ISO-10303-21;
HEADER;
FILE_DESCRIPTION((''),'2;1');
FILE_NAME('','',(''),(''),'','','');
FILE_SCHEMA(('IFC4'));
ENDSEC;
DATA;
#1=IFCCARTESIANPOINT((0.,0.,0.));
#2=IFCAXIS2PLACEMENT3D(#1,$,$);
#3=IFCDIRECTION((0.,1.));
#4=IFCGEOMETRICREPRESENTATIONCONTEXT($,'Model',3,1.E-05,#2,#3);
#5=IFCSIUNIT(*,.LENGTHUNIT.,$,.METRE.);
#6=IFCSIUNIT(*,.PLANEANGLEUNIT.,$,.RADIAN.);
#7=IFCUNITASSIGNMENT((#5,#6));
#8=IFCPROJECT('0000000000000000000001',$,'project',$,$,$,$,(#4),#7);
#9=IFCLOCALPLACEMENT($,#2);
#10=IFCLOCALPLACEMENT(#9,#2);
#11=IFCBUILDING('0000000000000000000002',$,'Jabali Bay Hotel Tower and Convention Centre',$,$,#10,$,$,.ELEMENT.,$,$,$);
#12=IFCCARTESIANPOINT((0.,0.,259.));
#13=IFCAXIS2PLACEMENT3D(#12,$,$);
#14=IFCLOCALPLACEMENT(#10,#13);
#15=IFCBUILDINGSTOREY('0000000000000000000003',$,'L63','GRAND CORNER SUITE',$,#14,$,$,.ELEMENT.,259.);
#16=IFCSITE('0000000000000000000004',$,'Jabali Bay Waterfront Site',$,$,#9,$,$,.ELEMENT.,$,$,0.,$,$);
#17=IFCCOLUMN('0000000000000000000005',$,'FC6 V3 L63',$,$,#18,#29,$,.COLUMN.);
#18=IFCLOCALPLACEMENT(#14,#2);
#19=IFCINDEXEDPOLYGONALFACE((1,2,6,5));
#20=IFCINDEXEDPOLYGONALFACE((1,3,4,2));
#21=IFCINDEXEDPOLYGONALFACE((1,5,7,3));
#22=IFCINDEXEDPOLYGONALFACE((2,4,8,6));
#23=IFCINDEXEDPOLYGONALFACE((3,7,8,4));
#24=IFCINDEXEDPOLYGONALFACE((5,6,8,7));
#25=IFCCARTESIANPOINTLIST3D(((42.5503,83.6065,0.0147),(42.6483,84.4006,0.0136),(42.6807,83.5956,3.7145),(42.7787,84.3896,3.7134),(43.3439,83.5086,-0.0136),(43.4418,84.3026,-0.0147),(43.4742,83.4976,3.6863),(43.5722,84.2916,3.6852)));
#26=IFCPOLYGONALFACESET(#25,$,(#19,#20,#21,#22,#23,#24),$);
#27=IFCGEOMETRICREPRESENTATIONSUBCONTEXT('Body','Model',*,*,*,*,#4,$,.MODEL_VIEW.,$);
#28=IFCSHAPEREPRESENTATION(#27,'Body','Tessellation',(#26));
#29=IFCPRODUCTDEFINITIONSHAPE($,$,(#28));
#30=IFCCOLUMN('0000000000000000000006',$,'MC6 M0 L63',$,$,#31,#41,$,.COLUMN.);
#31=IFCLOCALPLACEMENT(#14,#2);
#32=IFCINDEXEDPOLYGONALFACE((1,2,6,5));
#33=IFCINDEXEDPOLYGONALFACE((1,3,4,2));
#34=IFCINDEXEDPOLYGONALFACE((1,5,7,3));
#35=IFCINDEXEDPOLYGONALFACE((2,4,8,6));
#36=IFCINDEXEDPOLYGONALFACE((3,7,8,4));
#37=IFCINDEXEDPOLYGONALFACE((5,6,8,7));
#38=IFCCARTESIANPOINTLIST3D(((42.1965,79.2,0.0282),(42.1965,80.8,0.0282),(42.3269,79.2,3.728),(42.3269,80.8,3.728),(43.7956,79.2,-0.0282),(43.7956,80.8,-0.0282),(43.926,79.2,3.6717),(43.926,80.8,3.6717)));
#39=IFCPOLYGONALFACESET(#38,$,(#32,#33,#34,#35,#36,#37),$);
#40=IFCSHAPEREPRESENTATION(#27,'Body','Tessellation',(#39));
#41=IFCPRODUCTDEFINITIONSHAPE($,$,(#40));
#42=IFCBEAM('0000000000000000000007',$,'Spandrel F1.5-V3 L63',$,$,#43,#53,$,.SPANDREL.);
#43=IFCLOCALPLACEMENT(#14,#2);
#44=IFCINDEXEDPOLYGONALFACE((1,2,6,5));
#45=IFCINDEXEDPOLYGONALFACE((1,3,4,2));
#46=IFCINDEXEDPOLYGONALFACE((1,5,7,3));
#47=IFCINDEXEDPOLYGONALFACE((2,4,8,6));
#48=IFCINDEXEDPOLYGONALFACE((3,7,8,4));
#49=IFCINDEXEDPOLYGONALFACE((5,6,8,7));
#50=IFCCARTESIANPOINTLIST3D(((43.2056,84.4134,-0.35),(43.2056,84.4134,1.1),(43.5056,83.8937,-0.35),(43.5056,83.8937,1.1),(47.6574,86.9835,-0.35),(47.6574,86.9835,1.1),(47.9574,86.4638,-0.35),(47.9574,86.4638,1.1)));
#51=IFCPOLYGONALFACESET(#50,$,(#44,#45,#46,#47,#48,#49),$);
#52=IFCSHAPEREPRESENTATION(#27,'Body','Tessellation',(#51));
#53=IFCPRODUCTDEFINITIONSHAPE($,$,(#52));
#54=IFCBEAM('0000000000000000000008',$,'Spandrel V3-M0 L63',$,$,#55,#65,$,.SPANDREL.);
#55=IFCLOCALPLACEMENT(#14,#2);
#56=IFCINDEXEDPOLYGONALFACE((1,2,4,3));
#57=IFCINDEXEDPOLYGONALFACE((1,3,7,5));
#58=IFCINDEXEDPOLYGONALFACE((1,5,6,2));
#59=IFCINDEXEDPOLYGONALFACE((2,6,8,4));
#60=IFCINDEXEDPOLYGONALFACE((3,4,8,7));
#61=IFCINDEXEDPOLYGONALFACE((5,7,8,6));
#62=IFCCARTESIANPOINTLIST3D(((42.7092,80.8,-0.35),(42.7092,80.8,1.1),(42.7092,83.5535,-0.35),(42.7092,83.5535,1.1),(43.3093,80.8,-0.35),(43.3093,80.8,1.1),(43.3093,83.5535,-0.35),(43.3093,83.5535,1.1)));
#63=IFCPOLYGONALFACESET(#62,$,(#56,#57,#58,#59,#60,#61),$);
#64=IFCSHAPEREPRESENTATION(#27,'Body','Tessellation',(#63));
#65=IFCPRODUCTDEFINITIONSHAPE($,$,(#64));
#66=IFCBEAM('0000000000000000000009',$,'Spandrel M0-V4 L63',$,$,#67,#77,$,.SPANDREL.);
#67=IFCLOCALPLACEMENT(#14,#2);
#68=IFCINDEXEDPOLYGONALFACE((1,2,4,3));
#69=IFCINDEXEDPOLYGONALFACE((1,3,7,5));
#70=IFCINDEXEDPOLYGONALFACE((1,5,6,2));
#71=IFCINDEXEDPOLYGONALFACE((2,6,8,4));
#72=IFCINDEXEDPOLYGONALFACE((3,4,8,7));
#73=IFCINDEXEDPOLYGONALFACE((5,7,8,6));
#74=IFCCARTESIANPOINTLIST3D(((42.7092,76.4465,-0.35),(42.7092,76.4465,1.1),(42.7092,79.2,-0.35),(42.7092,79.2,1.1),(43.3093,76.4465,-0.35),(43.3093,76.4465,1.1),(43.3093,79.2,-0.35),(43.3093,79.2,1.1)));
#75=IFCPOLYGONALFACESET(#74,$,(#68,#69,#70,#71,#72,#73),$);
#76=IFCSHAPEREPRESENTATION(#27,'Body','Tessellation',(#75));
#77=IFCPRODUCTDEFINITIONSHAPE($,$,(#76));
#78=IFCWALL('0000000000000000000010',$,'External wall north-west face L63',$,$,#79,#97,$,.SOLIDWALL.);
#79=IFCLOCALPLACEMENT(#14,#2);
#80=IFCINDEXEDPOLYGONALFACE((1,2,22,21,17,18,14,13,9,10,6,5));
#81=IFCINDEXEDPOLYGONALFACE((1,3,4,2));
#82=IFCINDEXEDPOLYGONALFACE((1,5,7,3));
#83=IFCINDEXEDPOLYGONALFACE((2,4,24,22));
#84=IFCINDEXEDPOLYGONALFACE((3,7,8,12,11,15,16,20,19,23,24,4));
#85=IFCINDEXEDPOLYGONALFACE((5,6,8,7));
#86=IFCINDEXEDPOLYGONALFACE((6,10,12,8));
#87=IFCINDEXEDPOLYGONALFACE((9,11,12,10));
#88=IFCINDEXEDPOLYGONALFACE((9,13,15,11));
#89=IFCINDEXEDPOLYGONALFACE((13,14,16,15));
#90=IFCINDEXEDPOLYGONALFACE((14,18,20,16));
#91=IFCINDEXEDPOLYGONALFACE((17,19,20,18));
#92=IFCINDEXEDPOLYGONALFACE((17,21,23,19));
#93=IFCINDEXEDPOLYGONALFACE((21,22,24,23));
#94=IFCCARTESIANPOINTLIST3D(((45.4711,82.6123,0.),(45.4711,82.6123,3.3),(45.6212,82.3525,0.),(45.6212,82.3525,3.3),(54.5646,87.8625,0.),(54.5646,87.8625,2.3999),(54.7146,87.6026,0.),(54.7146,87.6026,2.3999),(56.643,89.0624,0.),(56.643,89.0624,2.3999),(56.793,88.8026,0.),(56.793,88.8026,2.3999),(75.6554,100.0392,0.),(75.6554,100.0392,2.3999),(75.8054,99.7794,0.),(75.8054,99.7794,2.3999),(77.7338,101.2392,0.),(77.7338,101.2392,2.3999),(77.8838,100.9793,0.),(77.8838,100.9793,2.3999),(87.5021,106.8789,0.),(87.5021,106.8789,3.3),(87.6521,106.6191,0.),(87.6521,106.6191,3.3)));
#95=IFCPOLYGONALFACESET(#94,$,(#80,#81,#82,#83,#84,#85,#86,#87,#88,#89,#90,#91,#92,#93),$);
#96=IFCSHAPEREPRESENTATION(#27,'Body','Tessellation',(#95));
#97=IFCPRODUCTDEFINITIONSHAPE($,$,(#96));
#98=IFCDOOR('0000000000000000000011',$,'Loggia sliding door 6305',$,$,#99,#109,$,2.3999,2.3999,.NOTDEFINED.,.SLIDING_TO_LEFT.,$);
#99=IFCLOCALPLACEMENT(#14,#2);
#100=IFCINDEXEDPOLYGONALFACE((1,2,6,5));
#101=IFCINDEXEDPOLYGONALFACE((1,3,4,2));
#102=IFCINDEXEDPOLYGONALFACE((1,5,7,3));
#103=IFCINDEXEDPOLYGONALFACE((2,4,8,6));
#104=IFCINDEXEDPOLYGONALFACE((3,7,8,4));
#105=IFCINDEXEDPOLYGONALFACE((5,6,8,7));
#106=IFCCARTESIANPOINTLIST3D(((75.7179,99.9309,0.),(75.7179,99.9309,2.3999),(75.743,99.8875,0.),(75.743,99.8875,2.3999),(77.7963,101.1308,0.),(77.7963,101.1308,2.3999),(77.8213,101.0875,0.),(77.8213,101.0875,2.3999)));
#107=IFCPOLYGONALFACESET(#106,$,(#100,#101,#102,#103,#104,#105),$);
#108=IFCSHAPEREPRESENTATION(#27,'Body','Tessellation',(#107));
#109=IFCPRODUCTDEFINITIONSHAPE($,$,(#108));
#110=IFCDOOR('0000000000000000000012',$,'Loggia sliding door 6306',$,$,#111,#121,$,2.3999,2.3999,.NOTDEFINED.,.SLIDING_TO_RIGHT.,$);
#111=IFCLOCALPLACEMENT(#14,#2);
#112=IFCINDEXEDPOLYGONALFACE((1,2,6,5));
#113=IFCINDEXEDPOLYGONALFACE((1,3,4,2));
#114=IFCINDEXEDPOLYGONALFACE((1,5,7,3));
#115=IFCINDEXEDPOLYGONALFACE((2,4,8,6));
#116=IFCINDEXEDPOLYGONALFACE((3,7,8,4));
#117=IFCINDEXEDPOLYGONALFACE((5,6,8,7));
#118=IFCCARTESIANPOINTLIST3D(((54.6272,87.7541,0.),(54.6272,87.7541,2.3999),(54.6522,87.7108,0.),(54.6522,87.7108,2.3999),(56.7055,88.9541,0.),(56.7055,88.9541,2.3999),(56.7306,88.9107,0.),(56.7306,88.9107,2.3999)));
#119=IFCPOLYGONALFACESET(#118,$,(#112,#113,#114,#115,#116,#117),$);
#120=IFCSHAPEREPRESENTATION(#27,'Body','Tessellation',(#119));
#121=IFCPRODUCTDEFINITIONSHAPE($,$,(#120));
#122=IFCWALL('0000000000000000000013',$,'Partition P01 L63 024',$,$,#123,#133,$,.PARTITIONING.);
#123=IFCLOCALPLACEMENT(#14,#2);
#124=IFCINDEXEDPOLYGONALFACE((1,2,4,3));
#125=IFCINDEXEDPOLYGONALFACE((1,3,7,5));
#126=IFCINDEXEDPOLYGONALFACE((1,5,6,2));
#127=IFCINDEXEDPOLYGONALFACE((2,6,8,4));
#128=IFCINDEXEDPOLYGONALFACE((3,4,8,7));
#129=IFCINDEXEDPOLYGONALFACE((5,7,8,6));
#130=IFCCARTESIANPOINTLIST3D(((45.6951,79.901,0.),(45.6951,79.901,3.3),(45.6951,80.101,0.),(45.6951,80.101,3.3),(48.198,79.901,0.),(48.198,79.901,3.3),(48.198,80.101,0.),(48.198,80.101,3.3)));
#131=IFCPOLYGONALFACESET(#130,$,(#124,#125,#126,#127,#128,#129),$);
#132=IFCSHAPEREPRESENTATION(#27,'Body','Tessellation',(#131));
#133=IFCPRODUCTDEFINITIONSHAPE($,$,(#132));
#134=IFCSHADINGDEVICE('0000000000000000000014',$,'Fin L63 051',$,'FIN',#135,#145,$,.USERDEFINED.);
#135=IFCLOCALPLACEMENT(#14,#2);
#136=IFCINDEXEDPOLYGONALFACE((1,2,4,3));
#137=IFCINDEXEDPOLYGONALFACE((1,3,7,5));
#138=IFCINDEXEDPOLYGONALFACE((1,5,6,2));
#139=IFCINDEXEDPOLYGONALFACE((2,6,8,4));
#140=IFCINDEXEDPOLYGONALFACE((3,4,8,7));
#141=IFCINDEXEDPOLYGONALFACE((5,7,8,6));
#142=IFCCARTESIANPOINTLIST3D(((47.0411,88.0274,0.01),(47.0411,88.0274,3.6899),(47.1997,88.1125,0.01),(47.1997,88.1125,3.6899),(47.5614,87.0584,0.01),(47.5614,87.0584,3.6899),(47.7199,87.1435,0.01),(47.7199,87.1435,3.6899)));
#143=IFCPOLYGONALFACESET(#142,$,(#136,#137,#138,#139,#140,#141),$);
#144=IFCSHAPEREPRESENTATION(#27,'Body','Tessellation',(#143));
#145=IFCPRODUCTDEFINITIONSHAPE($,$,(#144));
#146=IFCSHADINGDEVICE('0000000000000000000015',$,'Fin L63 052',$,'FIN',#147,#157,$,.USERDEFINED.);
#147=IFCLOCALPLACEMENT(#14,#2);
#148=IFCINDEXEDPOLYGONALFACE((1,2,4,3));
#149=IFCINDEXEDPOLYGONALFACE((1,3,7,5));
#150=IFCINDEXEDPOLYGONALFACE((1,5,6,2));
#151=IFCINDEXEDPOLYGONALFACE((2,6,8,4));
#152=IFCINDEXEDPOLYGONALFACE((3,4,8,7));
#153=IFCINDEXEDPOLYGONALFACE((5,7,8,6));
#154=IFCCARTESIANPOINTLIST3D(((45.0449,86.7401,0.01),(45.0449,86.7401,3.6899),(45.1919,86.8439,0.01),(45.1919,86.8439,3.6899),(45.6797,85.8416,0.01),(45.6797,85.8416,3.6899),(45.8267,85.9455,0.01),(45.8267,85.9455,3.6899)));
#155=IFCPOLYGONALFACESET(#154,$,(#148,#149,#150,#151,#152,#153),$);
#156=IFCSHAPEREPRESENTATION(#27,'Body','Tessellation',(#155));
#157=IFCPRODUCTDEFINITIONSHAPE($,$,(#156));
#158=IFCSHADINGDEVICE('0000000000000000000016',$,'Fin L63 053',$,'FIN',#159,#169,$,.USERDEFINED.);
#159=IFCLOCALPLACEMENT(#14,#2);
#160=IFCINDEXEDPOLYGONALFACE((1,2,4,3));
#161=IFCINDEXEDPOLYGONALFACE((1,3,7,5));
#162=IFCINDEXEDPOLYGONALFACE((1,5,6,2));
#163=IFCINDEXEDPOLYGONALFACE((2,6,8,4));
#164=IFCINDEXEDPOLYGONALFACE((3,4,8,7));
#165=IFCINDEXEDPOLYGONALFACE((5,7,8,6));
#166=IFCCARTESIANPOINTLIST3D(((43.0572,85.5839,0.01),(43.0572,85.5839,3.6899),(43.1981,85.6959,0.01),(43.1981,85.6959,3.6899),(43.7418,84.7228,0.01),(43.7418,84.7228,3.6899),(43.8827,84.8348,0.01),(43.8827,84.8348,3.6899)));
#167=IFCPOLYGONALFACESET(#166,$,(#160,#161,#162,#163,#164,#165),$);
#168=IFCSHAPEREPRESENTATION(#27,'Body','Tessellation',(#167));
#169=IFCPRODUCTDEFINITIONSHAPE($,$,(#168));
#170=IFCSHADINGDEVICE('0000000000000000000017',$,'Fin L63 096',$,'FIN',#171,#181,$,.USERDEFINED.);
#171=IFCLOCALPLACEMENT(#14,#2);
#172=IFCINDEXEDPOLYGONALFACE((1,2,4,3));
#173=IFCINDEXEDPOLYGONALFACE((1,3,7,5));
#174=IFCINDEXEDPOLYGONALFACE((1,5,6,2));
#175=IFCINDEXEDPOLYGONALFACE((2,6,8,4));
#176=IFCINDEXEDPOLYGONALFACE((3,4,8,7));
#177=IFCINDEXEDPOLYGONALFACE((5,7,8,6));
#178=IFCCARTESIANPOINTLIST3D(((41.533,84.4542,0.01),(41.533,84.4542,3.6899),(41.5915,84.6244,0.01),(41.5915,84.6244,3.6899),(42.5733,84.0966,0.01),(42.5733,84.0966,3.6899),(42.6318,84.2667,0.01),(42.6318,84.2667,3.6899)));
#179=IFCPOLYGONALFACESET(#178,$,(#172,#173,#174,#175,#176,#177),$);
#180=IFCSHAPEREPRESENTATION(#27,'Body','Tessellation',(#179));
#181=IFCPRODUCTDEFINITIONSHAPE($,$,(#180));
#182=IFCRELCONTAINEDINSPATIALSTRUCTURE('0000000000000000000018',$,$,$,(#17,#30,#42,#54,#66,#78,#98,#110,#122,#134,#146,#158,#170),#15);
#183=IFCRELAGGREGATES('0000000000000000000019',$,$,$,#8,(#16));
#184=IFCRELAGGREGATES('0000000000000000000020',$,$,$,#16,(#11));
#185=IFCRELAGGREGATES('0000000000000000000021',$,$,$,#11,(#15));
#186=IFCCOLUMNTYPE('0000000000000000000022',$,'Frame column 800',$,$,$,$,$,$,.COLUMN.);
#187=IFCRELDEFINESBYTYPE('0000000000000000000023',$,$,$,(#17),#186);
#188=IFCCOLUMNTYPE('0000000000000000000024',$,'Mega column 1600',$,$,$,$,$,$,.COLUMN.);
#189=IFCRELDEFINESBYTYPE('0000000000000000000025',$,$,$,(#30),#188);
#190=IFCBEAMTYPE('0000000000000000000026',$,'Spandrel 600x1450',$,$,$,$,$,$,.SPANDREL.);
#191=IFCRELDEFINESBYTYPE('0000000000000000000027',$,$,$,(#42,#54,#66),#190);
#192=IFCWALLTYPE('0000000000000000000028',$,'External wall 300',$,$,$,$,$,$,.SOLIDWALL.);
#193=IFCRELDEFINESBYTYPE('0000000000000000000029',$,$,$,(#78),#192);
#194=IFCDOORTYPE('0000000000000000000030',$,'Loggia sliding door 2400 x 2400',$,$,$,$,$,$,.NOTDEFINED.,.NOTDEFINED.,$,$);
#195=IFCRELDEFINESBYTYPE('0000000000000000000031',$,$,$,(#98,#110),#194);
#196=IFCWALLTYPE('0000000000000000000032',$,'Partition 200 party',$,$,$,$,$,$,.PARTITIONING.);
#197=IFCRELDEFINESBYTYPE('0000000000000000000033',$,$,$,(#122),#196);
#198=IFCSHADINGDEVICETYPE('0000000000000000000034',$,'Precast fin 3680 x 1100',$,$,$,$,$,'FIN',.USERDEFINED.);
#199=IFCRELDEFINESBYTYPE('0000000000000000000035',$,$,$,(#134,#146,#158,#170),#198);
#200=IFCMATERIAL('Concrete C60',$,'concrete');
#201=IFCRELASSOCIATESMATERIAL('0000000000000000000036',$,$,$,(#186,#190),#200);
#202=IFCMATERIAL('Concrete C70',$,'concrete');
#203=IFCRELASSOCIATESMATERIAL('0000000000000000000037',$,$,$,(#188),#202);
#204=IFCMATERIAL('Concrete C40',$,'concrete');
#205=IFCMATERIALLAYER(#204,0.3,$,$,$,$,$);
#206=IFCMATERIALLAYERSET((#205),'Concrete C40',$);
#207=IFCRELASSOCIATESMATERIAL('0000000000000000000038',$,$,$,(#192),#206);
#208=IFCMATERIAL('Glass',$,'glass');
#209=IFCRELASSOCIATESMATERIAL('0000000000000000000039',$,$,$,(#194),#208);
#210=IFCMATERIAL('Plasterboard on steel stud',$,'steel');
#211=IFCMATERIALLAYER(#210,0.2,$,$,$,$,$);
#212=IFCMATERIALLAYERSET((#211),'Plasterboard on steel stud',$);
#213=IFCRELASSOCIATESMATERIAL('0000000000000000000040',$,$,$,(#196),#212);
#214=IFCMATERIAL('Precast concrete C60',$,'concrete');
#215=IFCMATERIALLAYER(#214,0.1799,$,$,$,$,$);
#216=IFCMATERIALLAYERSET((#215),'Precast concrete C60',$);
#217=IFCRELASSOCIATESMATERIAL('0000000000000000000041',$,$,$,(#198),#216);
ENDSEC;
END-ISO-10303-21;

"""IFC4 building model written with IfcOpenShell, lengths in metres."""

from ifc_helpers import new_model, si_unit, direction, frame, frame_2d, origin, origin_2d, place, context, subcontext, project, spatial, rectangle, extrude, material, layer, layer_set, material_profile, profile_set, type_object, element, fill, save


model = new_model("IFC4")

# Units and contexts
model_context = context("Model", 3, precision=1e-05, world=origin(), true_north=direction((0.0, 1.0)))
body_context = subcontext(model_context, "Body", "Model", "MODEL_VIEW")
ifc_project = project(units=[si_unit("LENGTHUNIT", "METRE"), si_unit("PLANEANGLEUNIT", "RADIAN")], contexts=[model_context])

# Site, building, storey
site_placement = place(None, origin())
site = spatial("IfcSite", under=ifc_project, at=site_placement, Name="Jabali Bay Waterfront Site", CompositionType="ELEMENT", RefElevation=0.0)
building_placement = place(site_placement, origin())
building = spatial("IfcBuilding", under=site, at=building_placement, Name="Jabali Bay Hotel Tower and Convention Centre", CompositionType="ELEMENT")
storey_placement = place(building_placement, frame((0.0, 0.0, 259.0)))
storey = spatial("IfcBuildingStorey", under=building, at=storey_placement, Name="L63", Description="GRAND CORNER SUITE", CompositionType="ELEMENT", Elevation=259.0)

# Columns
ifc_material_1 = material(Name="Concrete C60", Category="concrete")
ifc_material_profile_1 = material_profile(ifc_material_1, rectangle(XDim=0.8, YDim=0.8, at=origin_2d()), Name="Frame column 800")
ifc_profile_set_1 = profile_set([ifc_material_profile_1], Name="Concrete C60")
column_type_1 = type_object("IfcColumnType", Name="Frame column 800", PredefinedType="COLUMN", material=ifc_profile_set_1)
column_1_placement = place(storey_placement, frame((42.9961, 83.9546, 0.0), z_axis=(0.035214, -0.002967, 0.999375), x_axis=(-0.991849, 0.122425, 0.035312)))
element("IfcColumn", 1, at=column_1_placement, inside=storey, type_object=column_type_1, Name="FC6 V3 L63", PredefinedType="COLUMN", context=body_context, shape_type="SweptSolid", body=[
    extrude(rectangle(XDim=0.8, YDim=0.8, at=origin_2d()), origin(), (0.0, 0.0, 1.0), 3.7021),
])
ifc_material_2 = material(Name="Concrete C70", Category="concrete")
ifc_material_profile_2 = material_profile(ifc_material_2, rectangle(XDim=1.6001, YDim=1.6001, at=origin_2d()), Name="Mega column 1600")
ifc_profile_set_2 = profile_set([ifc_material_profile_2], Name="Concrete C70")
column_type_2 = type_object("IfcColumnType", Name="Mega column 1600", PredefinedType="COLUMN", material=ifc_profile_set_2)
column_2_placement = place(storey_placement, frame((42.9961, 80.0, 0.0), z_axis=(0.035214, 0.0, 0.99938), x_axis=(0.0, 1.0, 0.0)))
element("IfcColumn", 2, at=column_2_placement, inside=storey, type_object=column_type_2, Name="MC6 M0 L63", PredefinedType="COLUMN", context=body_context, shape_type="SweptSolid", body=[
    extrude(rectangle(XDim=1.6001, YDim=1.6001, at=origin_2d()), origin(), (0.0, 0.0, 1.0), 3.7021),
])

# Beams
ifc_material_profile_3 = material_profile(ifc_material_1, rectangle(XDim=0.6001, YDim=1.45, at=origin_2d()), Name="Spandrel 600x1450")
ifc_profile_set_3 = profile_set([ifc_material_profile_3], Name="Concrete C60")
beam_type = type_object("IfcBeamType", Name="Spandrel 600x1450", PredefinedType="SPANDREL", material=ifc_profile_set_3)
beam_placement = place(storey_placement, frame((47.8074, 86.7236, 0.375), z_axis=(-0.866034, -0.499986, 0.0), x_axis=(0.499986, -0.866034, 0.0)))
element("IfcBeam", 3, at=beam_placement, inside=storey, type_object=beam_type, Name="Spandrel F1.5-V3 L63", PredefinedType="SPANDREL", context=body_context, shape_type="SweptSolid", body=[
    extrude(rectangle(XDim=0.6001, YDim=1.45, at=origin_2d()), origin(), (0.0, 0.0, 1.0), 5.1404),
])
for number, where, z_axis, x_axis, name in (
    (4, (43.0093, 83.5535, 0.375), (0.0, -1.0, 0.0), (1.0, 0.0, 0.0), "Spandrel V3-M0 L63"),
    (5, (43.0093, 79.2, 0.375), (0.0, -1.0, 0.0), (1.0, 0.0, 0.0), "Spandrel M0-V4 L63"),
):
    element("IfcBeam", number, at=place(storey_placement, frame(where, z_axis=z_axis, x_axis=x_axis)), inside=storey, type_object=beam_type, Name=name, PredefinedType="SPANDREL", context=body_context, shape_type="SweptSolid", body=[
        extrude(rectangle(XDim=0.6001, YDim=1.45, at=origin_2d()), origin(), (0.0, 0.0, 1.0), 2.7534),
    ])

# Wall, openings, doors
ifc_material_3 = material(Name="Concrete C40", Category="concrete")
ifc_layer_1 = layer(ifc_material_3, 0.3)
ifc_layer_set_1 = layer_set([ifc_layer_1], Name="Concrete C40")
wall_type_1 = type_object("IfcWallType", Name="External wall 300", PredefinedType="SOLIDWALL", material=ifc_layer_set_1)
wall_1_placement = place(storey_placement, frame((45.5461, 82.4824, 0.0), z_axis=(0.0, 0.0, 1.0), x_axis=(0.866026, 0.5, 0.0)))
wall_1 = element("IfcWall", 6, at=wall_1_placement, inside=storey, type_object=wall_type_1, Name="External wall north-west face L63", PredefinedType="SOLIDWALL", context=body_context, shape_type="SweptSolid", body=[
    extrude(rectangle(XDim=48.5332, YDim=0.3, at=frame_2d((24.2666, 0.0))), origin(), (0.0, 0.0, 1.0), 3.3),
])
opening_1_placement = place(wall_1_placement, frame((34.8538, 0.0, 0.0)))
opening_1 = element("IfcOpeningElement", 7, at=opening_1_placement, cuts=wall_1, PredefinedType="OPENING", context=body_context, shape_type="SweptSolid", body=[
    extrude(rectangle(XDim=2.3999, YDim=2.3999, at=frame_2d((1.2, 1.2))), frame((0.0, 0.1606, 0.0), z_axis=(0.0, -1.0, 0.0), x_axis=(1.0, 0.0, 0.0)), (0.0, 0.0, 1.0), 0.321),
])
opening_2_placement = place(wall_1_placement, frame((10.5002, 0.0, 0.0)))
opening_2 = element("IfcOpeningElement", 8, at=opening_2_placement, cuts=wall_1, PredefinedType="OPENING", context=body_context, shape_type="SweptSolid", body=[
    extrude(rectangle(XDim=2.3999, YDim=2.3999, at=frame_2d((1.2, 1.2))), frame((0.0, 0.1606, 0.0), z_axis=(0.0, -1.0, 0.0), x_axis=(1.0, 0.0, 0.0)), (0.0, 0.0, 1.0), 0.321),
])
ifc_material_4 = material(Name="Glass", Category="glass")
door_type = type_object("IfcDoorType", Name="Loggia sliding door 2400 x 2400", OperationType="NOTDEFINED", PredefinedType="NOTDEFINED", material=ifc_material_4)
door_1_placement = place(opening_1_placement, origin())
door_1 = element("IfcDoor", 9, at=door_1_placement, inside=storey, type_object=door_type, Name="Loggia sliding door 6305", OperationType="SLIDING_TO_LEFT", OverallHeight=2.3999, OverallWidth=2.3999, PredefinedType="NOTDEFINED", context=body_context, shape_type="SweptSolid", body=[
    extrude(rectangle(XDim=2.3999, YDim=2.3999, at=frame_2d((1.2, 1.2))), frame((0.0, 0.0249, 0.0), z_axis=(0.0, -1.0, 0.0), x_axis=(1.0, 0.0, 0.0)), (0.0, 0.0, 1.0), 0.05),
])
fill(opening_1, door_1)
door_2_placement = place(opening_2_placement, origin())
door_2 = element("IfcDoor", 10, at=door_2_placement, inside=storey, type_object=door_type, Name="Loggia sliding door 6306", OperationType="SLIDING_TO_RIGHT", OverallHeight=2.3999, OverallWidth=2.3999, PredefinedType="NOTDEFINED", context=body_context, shape_type="SweptSolid", body=[
    extrude(rectangle(XDim=2.3999, YDim=2.3999, at=frame_2d((1.2, 1.2))), frame((0.0, 0.0249, 0.0), z_axis=(0.0, -1.0, 0.0), x_axis=(1.0, 0.0, 0.0)), (0.0, 0.0, 1.0), 0.05),
])
fill(opening_2, door_2)

# Wall
ifc_material_5 = material(Name="Plasterboard on steel stud", Category="steel")
ifc_layer_2 = layer(ifc_material_5, 0.2)
ifc_layer_set_2 = layer_set([ifc_layer_2], Name="Plasterboard on steel stud")
wall_type_2 = type_object("IfcWallType", Name="Partition 200 party", PredefinedType="PARTITIONING", material=ifc_layer_set_2)
wall_2_placement = place(storey_placement, frame((45.6951, 80.001, 0.0), z_axis=(0.0, 0.0, 1.0), x_axis=(1.0, 0.0, 0.0)))
element("IfcWall", 11, at=wall_2_placement, inside=storey, type_object=wall_type_2, Name="Partition P01 L63 024", PredefinedType="PARTITIONING", context=body_context, shape_type="SweptSolid", body=[
    extrude(rectangle(XDim=2.5029, YDim=0.2, at=frame_2d((1.2515, 0.0))), origin(), (0.0, 0.0, 1.0), 3.3),
])

# Shading devices
ifc_material_6 = material(Name="Precast concrete C60", Category="concrete")
ifc_layer_3 = layer(ifc_material_6, 0.1799)
ifc_layer_set_3 = layer_set([ifc_layer_3], Name="Precast concrete C60")
shading_device_type_1 = type_object("IfcShadingDeviceType", Name="Precast fin 3680 x 1100", ElementType="FIN", PredefinedType="USERDEFINED", material=ifc_layer_set_3)
shading_device_1_placement = place(storey_placement, frame((47.6406, 87.1011, 0.01), z_axis=(0.0, 0.0, 1.0), x_axis=(-0.47304, 0.881041, 0.0)))
element("IfcShadingDevice", 12, at=shading_device_1_placement, inside=storey, type_object=shading_device_type_1, Name="Fin L63 051", ObjectType="FIN", PredefinedType="USERDEFINED", context=body_context, shape_type="SweptSolid", body=[
    extrude(rectangle(XDim=1.0999, YDim=0.1799, at=frame_2d((0.5498, 0.0))), origin(), (0.0, 0.0, 1.0), 3.6799),
])
for number, where, z_axis, x_axis, name in (
    (13, (45.7532, 85.8936, 0.01), (0.0, 0.0, 1.0), (-0.577032, 0.816722, 0.0), "Fin L63 052"),
    (14, (43.8123, 84.7788, 0.01), (0.0, 0.0, 1.0), (-0.62231, 0.782771, 0.0), "Fin L63 053"),
    (15, (42.6025, 84.1816, 0.01), (0.0, 0.0, 1.0), (-0.945667, 0.325136, 0.0), "Fin L63 096"),
):
    element("IfcShadingDevice", number, at=place(storey_placement, frame(where, z_axis=z_axis, x_axis=x_axis)), inside=storey, type_object=shading_device_type_1, Name=name, ObjectType="FIN", PredefinedType="USERDEFINED", context=body_context, shape_type="SweptSolid", body=[
        extrude(rectangle(XDim=1.1001, YDim=0.1799, at=frame_2d((0.55, 0.0))), origin(), (0.0, 0.0, 1.0), 3.6799),
    ])

save(model, "model.ifc")
